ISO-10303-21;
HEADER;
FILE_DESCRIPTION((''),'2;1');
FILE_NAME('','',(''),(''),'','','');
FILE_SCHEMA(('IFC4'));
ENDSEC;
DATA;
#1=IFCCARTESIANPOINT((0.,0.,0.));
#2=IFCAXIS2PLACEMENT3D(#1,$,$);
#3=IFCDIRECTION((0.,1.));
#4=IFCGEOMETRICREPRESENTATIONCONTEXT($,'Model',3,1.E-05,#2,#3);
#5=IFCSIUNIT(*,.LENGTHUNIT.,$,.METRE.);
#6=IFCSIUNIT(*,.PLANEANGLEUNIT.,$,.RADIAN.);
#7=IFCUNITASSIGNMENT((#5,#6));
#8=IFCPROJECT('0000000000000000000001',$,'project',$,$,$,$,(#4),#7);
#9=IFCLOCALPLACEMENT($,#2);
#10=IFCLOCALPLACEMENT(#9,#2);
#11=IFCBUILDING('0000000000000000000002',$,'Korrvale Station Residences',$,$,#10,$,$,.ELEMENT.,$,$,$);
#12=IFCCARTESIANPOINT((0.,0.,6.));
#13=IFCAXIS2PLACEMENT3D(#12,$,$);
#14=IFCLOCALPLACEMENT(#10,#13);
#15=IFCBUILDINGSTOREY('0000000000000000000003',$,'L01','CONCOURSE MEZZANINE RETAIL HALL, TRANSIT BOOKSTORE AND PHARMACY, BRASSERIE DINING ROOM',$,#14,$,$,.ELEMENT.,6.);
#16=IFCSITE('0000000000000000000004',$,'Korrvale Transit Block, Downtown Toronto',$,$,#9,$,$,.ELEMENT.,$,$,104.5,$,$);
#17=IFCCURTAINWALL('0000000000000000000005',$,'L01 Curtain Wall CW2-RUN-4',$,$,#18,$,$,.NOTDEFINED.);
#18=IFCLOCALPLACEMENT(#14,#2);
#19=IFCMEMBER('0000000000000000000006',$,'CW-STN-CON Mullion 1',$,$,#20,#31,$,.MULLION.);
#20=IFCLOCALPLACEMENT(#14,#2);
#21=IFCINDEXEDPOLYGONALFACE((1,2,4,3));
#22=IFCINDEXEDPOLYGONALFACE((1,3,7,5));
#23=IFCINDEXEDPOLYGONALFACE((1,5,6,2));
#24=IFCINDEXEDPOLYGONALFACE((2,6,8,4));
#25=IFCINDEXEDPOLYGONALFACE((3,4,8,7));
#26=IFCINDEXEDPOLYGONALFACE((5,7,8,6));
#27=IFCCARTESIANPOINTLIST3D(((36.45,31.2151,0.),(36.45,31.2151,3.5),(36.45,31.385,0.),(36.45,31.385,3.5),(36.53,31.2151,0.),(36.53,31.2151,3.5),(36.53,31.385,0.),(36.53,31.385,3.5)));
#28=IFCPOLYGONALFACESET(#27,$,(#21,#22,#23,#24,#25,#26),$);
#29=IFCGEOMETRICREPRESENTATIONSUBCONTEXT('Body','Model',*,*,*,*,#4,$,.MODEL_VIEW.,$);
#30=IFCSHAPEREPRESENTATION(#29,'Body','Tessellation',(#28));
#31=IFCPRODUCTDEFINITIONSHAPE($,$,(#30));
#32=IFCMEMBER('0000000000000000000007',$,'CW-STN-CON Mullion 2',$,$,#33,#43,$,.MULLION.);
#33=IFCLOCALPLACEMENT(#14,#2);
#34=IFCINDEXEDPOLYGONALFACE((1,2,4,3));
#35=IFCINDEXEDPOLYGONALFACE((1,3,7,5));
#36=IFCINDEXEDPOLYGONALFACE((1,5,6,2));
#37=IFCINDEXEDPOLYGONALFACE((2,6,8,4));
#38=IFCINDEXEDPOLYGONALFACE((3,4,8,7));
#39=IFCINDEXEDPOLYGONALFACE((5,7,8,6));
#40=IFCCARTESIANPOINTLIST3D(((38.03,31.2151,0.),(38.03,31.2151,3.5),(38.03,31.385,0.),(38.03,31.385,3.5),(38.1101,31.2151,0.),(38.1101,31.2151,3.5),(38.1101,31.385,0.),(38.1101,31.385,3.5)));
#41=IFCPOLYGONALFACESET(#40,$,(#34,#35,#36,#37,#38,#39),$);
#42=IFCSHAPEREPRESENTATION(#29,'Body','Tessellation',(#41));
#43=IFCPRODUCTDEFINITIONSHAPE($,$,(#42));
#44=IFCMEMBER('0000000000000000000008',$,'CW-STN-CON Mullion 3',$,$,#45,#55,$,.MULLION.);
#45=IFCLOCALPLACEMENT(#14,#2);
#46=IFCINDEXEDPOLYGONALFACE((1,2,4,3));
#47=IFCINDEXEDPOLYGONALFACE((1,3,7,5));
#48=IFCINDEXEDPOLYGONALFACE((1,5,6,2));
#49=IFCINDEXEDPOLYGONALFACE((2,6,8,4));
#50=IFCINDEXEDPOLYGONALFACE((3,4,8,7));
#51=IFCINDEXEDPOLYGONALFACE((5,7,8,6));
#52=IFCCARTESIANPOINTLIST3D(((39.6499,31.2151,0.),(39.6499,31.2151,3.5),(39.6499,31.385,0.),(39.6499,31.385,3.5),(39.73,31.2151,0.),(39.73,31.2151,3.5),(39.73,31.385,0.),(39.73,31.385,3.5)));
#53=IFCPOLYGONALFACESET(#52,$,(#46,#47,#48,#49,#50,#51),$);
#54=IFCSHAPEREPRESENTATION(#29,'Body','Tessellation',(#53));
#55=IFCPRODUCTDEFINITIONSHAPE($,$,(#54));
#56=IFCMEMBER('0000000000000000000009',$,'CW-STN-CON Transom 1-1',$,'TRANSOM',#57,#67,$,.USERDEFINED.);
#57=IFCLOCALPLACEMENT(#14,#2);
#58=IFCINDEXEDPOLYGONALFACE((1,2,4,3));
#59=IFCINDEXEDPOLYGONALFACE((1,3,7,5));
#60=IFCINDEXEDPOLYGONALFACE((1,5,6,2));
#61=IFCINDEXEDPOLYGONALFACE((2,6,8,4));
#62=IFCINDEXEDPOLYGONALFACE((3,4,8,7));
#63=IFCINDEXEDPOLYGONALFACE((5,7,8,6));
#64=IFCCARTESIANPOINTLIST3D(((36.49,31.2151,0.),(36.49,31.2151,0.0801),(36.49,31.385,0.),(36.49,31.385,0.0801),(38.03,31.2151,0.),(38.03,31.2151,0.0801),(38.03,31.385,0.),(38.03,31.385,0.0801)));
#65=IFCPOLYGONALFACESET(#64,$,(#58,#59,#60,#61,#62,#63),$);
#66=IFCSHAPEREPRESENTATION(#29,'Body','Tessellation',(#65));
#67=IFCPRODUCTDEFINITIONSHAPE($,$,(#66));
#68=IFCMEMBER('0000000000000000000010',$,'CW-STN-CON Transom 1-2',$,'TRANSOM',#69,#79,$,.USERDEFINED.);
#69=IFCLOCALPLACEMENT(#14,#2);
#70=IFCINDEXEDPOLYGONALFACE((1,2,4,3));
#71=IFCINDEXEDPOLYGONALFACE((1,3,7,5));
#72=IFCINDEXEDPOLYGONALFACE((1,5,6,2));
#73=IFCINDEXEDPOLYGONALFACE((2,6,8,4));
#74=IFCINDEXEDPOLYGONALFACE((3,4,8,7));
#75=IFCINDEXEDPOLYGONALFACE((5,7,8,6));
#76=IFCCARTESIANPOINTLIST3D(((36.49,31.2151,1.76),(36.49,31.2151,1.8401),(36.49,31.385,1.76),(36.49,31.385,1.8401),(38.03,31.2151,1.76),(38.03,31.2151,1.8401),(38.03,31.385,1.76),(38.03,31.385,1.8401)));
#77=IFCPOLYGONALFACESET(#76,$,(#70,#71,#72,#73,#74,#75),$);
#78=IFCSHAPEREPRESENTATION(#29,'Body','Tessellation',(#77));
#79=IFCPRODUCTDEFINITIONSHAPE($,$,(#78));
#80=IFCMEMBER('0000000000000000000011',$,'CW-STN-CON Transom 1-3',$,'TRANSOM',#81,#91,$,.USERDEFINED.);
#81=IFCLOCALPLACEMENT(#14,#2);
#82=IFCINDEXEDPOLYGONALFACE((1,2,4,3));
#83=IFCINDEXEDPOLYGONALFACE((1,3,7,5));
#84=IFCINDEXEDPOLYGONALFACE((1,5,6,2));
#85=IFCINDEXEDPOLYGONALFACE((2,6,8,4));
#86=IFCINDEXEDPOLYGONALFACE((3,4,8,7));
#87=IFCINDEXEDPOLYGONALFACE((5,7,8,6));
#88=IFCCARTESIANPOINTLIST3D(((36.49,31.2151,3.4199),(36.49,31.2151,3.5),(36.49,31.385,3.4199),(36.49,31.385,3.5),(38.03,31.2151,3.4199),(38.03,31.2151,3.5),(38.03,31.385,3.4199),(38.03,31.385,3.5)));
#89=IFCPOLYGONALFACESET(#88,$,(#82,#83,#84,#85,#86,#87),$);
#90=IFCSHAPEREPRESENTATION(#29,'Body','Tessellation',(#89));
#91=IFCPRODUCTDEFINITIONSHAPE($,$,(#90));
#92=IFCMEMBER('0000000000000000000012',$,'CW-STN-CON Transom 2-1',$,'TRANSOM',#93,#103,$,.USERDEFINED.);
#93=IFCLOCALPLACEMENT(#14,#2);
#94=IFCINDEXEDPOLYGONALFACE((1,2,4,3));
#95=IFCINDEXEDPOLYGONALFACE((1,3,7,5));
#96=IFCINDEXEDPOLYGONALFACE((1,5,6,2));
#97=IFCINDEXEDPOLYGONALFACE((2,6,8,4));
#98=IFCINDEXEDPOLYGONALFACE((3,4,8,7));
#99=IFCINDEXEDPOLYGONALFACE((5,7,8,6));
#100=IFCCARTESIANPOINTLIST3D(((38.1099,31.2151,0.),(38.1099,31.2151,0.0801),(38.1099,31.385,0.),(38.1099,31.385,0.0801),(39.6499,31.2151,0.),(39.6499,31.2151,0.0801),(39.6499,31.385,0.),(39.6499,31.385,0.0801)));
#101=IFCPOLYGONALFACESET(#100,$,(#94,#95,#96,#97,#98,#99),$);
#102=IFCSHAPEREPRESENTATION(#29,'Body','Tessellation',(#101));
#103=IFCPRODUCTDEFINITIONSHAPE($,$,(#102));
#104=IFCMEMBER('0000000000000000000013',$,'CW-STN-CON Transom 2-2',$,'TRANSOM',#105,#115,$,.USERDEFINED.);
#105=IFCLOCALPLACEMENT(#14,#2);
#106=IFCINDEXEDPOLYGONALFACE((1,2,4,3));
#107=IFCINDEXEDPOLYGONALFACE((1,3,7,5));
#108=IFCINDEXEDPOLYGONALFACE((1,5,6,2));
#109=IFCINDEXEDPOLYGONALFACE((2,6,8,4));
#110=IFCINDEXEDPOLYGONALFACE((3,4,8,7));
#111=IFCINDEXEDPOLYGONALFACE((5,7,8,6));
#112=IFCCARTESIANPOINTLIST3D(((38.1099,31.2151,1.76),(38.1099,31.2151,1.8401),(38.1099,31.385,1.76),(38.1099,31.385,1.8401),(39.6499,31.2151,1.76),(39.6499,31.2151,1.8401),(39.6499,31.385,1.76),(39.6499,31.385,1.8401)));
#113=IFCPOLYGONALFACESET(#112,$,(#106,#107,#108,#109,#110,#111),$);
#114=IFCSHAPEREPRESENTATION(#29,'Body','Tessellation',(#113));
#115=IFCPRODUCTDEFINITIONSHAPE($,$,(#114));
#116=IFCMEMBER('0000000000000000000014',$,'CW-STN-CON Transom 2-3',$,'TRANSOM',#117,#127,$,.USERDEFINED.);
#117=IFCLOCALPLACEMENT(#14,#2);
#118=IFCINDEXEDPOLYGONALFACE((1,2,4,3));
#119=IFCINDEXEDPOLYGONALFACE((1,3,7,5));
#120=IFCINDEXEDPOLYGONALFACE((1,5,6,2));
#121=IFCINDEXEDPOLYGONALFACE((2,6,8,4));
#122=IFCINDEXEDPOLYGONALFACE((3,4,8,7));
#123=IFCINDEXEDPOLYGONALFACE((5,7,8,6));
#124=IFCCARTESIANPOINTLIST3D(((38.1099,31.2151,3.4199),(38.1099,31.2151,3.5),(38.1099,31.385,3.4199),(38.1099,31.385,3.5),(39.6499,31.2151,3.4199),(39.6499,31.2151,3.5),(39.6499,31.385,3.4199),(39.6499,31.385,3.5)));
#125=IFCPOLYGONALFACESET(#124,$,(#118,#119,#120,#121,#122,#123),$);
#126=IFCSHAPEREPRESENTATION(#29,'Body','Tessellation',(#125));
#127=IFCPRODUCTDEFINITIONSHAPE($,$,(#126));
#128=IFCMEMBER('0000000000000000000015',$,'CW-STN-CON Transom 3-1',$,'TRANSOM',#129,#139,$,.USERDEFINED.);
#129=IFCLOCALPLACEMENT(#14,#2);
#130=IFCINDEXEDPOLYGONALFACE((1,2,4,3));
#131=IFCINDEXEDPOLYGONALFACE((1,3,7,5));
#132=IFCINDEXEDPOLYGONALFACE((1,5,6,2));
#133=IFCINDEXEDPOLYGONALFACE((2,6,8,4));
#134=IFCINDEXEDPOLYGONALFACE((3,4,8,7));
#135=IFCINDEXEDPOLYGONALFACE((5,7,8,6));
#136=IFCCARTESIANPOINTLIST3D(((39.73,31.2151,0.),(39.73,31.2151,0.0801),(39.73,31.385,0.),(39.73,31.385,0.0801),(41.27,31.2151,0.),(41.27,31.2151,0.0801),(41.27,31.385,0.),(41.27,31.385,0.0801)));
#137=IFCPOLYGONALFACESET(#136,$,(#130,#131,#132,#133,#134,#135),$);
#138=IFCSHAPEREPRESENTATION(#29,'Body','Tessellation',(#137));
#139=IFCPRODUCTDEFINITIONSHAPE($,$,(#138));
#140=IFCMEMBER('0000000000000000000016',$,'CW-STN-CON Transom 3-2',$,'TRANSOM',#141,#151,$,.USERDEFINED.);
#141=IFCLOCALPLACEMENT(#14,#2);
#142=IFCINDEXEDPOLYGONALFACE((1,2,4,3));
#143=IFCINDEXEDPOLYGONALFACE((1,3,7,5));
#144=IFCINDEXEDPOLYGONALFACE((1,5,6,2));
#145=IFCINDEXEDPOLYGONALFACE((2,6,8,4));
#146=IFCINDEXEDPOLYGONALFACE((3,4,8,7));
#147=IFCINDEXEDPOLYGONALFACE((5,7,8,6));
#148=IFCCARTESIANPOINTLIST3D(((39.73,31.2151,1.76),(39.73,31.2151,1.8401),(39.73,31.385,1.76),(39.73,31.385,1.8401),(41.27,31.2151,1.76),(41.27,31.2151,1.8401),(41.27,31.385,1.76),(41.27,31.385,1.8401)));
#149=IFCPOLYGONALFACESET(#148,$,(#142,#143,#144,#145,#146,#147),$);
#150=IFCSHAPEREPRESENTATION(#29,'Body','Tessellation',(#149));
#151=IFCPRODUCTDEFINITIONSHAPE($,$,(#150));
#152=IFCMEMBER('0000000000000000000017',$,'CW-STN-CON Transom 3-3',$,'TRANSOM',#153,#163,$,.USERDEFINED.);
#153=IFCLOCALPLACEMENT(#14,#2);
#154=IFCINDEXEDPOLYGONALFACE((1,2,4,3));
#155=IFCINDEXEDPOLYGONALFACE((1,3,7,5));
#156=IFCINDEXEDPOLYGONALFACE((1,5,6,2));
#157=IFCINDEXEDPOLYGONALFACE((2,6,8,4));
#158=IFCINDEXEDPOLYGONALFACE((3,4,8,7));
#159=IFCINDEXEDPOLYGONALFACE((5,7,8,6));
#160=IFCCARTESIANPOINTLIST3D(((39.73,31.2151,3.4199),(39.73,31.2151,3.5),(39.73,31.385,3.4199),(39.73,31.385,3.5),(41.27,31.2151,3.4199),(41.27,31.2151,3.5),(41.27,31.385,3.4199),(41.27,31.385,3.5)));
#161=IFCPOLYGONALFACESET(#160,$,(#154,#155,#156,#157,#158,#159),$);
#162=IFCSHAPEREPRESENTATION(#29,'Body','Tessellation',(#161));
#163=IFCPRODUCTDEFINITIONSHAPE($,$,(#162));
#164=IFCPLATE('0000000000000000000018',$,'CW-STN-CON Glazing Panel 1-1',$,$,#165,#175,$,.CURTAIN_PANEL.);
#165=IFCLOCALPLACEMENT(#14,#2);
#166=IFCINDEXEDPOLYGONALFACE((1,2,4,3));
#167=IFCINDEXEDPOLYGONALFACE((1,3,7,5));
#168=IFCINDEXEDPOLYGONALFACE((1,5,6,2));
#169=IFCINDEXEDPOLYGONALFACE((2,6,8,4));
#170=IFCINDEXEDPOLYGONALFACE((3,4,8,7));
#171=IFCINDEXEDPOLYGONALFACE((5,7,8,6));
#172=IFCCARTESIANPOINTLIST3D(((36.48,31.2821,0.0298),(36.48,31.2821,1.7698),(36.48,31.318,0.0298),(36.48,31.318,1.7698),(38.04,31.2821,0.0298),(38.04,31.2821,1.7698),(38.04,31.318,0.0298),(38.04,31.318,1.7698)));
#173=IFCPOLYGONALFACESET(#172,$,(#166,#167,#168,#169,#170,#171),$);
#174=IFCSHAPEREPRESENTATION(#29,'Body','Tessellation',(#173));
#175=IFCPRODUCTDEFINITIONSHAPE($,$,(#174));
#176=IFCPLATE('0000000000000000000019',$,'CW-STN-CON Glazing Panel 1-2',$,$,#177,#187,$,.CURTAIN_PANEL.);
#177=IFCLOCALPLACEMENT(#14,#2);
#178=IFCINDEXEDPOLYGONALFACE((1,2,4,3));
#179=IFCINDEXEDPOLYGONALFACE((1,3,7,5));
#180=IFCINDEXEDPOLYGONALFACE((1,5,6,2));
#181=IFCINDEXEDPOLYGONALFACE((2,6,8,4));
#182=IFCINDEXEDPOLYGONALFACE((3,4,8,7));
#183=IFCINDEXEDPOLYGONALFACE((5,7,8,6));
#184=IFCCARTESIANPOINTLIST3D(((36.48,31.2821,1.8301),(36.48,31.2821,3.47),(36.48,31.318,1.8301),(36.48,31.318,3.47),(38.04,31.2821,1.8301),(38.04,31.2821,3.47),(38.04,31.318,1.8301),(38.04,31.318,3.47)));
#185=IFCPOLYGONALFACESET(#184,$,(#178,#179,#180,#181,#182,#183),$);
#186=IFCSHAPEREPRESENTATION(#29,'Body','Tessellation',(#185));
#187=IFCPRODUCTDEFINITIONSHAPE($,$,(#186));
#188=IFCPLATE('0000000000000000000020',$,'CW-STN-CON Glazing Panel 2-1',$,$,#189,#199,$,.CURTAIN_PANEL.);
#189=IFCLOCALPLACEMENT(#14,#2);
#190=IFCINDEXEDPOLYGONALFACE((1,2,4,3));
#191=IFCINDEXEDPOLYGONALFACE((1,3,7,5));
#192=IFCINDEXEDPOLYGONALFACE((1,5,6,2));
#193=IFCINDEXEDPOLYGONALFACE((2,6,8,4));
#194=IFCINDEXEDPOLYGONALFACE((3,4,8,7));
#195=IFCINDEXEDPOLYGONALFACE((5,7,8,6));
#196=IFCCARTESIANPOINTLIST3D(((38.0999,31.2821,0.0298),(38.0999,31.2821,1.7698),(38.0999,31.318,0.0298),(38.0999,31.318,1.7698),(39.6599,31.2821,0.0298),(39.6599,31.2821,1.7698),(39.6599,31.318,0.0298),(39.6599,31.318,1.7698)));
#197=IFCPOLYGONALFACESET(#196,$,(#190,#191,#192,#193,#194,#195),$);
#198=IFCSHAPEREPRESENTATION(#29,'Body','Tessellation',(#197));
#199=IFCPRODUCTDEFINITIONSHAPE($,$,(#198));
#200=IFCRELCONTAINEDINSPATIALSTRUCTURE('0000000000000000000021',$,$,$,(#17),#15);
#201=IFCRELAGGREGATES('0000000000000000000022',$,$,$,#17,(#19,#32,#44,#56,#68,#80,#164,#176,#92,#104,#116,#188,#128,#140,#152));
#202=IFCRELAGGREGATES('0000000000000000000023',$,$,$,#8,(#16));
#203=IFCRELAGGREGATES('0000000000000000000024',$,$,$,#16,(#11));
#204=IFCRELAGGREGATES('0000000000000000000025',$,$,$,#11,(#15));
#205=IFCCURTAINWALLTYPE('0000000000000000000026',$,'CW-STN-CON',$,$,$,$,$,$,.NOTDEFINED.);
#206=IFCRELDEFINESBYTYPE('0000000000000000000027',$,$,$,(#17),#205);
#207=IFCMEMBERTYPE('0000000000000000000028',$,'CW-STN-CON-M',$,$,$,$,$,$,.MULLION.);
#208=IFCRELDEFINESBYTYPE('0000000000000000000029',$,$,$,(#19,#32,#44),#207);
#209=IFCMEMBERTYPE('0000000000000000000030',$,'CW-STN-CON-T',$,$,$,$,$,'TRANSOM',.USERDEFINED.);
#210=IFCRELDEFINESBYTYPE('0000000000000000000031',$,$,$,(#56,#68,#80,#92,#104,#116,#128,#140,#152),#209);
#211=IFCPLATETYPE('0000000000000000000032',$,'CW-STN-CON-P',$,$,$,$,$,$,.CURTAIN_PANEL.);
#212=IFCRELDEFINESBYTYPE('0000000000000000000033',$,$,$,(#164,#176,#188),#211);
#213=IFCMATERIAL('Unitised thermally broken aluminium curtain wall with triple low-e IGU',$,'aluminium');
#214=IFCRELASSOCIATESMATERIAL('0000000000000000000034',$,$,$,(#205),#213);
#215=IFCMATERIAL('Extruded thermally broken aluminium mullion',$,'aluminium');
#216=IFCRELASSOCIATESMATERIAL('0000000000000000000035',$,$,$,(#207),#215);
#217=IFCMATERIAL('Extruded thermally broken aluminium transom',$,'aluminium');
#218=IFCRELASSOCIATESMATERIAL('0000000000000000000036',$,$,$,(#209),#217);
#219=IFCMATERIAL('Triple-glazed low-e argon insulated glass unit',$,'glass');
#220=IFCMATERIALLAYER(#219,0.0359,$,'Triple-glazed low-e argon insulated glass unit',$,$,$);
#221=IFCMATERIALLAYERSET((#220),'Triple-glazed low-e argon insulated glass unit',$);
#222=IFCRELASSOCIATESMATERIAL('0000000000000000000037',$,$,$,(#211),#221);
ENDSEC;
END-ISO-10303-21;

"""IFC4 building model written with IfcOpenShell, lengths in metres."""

from ifc_helpers import new_model, si_unit, direction, frame, origin, origin_2d, place, context, subcontext, project, spatial, rectangle, extrude, material, layer, layer_set, type_object, element, aggregate, save


model = new_model("IFC4")

# Units and contexts
model_context = context("Model", 3, precision=1e-05, world=origin(), true_north=direction((0.0, 1.0)))
body_context = subcontext(model_context, "Body", "Model", "MODEL_VIEW")
ifc_project = project(units=[si_unit("LENGTHUNIT", "METRE"), si_unit("PLANEANGLEUNIT", "RADIAN")], contexts=[model_context])

# Site, building, storey
site_placement = place(None, origin())
site = spatial("IfcSite", under=ifc_project, at=site_placement, Name="Korrvale Transit Block, Downtown Toronto", CompositionType="ELEMENT", RefElevation=104.5)
building_placement = place(site_placement, origin())
building = spatial("IfcBuilding", under=site, at=building_placement, Name="Korrvale Station Residences", CompositionType="ELEMENT")
storey_placement = place(building_placement, frame((0.0, 0.0, 6.0)))
storey = spatial("IfcBuildingStorey", under=building, at=storey_placement, Name="L01", Description="CONCOURSE MEZZANINE RETAIL HALL, TRANSIT BOOKSTORE AND PHARMACY, BRASSERIE DINING ROOM", CompositionType="ELEMENT", Elevation=6.0)

# Curtain wall, members, plates
ifc_material_1 = material(Name="Unitised thermally broken aluminium curtain wall with triple low-e IGU", Category="aluminium")
curtain_wall_type = type_object("IfcCurtainWallType", Name="CW-STN-CON", PredefinedType="NOTDEFINED", material=ifc_material_1)
curtain_wall_placement = place(storey_placement, origin())
curtain_wall = element("IfcCurtainWall", 1, at=curtain_wall_placement, inside=storey, type_object=curtain_wall_type, Name="L01 Curtain Wall CW2-RUN-4", PredefinedType="NOTDEFINED")
ifc_material_2 = material(Name="Extruded thermally broken aluminium mullion", Category="aluminium")
member_type_1 = type_object("IfcMemberType", Name="CW-STN-CON-M", PredefinedType="MULLION", material=ifc_material_2)
member_1_placement = place(storey_placement, frame((36.49, 31.3, 0.0), z_axis=(0.0, 0.0, 1.0), x_axis=(1.0, 0.0, 0.0)))
member_1 = element("IfcMember", 2, at=member_1_placement, type_object=member_type_1, Name="CW-STN-CON Mullion 1", PredefinedType="MULLION", context=body_context, shape_type="SweptSolid", body=[
    extrude(rectangle(XDim=0.0801, YDim=0.1699, at=origin_2d()), origin(), (0.0, 0.0, 1.0), 3.5),
])
member_2_placement = place(storey_placement, frame((38.0701, 31.3, 0.0), z_axis=(0.0, 0.0, 1.0), x_axis=(1.0, 0.0, 0.0)))
member_2 = element("IfcMember", 3, at=member_2_placement, type_object=member_type_1, Name="CW-STN-CON Mullion 2", PredefinedType="MULLION", context=body_context, shape_type="SweptSolid", body=[
    extrude(rectangle(XDim=0.0801, YDim=0.1699, at=origin_2d()), origin(), (0.0, 0.0, 1.0), 3.5),
])
member_3_placement = place(storey_placement, frame((39.6899, 31.3, 0.0), z_axis=(0.0, 0.0, 1.0), x_axis=(1.0, 0.0, 0.0)))
member_3 = element("IfcMember", 4, at=member_3_placement, type_object=member_type_1, Name="CW-STN-CON Mullion 3", PredefinedType="MULLION", context=body_context, shape_type="SweptSolid", body=[
    extrude(rectangle(XDim=0.0801, YDim=0.1699, at=origin_2d()), origin(), (0.0, 0.0, 1.0), 3.5),
])
ifc_material_3 = material(Name="Extruded thermally broken aluminium transom", Category="aluminium")
member_type_2 = type_object("IfcMemberType", Name="CW-STN-CON-T", ElementType="TRANSOM", PredefinedType="USERDEFINED", material=ifc_material_3)
member_4_placement = place(storey_placement, frame((37.26, 31.3, 0.0), z_axis=(0.0, 0.0, 1.0), x_axis=(1.0, 0.0, 0.0)))
member_4 = element("IfcMember", 5, at=member_4_placement, type_object=member_type_2, Name="CW-STN-CON Transom 1-1", ObjectType="TRANSOM", PredefinedType="USERDEFINED", context=body_context, shape_type="SweptSolid", body=[
    extrude(rectangle(XDim=1.54, YDim=0.1699, at=origin_2d()), origin(), (0.0, 0.0, 1.0), 0.0801),
])
member_5_placement = place(storey_placement, frame((37.26, 31.3, 1.76), z_axis=(0.0, 0.0, 1.0), x_axis=(1.0, 0.0, 0.0)))
member_5 = element("IfcMember", 6, at=member_5_placement, type_object=member_type_2, Name="CW-STN-CON Transom 1-2", ObjectType="TRANSOM", PredefinedType="USERDEFINED", context=body_context, shape_type="SweptSolid", body=[
    extrude(rectangle(XDim=1.54, YDim=0.1699, at=origin_2d()), origin(), (0.0, 0.0, 1.0), 0.0801),
])
member_6_placement = place(storey_placement, frame((37.26, 31.3, 3.4199), z_axis=(0.0, 0.0, 1.0), x_axis=(1.0, 0.0, 0.0)))
member_6 = element("IfcMember", 7, at=member_6_placement, type_object=member_type_2, Name="CW-STN-CON Transom 1-3", ObjectType="TRANSOM", PredefinedType="USERDEFINED", context=body_context, shape_type="SweptSolid", body=[
    extrude(rectangle(XDim=1.54, YDim=0.1699, at=origin_2d()), origin(), (0.0, 0.0, 1.0), 0.0801),
])
member_7_placement = place(storey_placement, frame((38.8799, 31.3, 0.0), z_axis=(0.0, 0.0, 1.0), x_axis=(1.0, 0.0, 0.0)))
member_7 = element("IfcMember", 8, at=member_7_placement, type_object=member_type_2, Name="CW-STN-CON Transom 2-1", ObjectType="TRANSOM", PredefinedType="USERDEFINED", context=body_context, shape_type="SweptSolid", body=[
    extrude(rectangle(XDim=1.54, YDim=0.1699, at=origin_2d()), origin(), (0.0, 0.0, 1.0), 0.0801),
])
member_8_placement = place(storey_placement, frame((38.8799, 31.3, 1.76), z_axis=(0.0, 0.0, 1.0), x_axis=(1.0, 0.0, 0.0)))
member_8 = element("IfcMember", 9, at=member_8_placement, type_object=member_type_2, Name="CW-STN-CON Transom 2-2", ObjectType="TRANSOM", PredefinedType="USERDEFINED", context=body_context, shape_type="SweptSolid", body=[
    extrude(rectangle(XDim=1.54, YDim=0.1699, at=origin_2d()), origin(), (0.0, 0.0, 1.0), 0.0801),
])
member_9_placement = place(storey_placement, frame((38.8799, 31.3, 3.4199), z_axis=(0.0, 0.0, 1.0), x_axis=(1.0, 0.0, 0.0)))
member_9 = element("IfcMember", 10, at=member_9_placement, type_object=member_type_2, Name="CW-STN-CON Transom 2-3", ObjectType="TRANSOM", PredefinedType="USERDEFINED", context=body_context, shape_type="SweptSolid", body=[
    extrude(rectangle(XDim=1.54, YDim=0.1699, at=origin_2d()), origin(), (0.0, 0.0, 1.0), 0.0801),
])
member_10_placement = place(storey_placement, frame((40.5, 31.3, 0.0), z_axis=(0.0, 0.0, 1.0), x_axis=(1.0, 0.0, 0.0)))
member_10 = element("IfcMember", 11, at=member_10_placement, type_object=member_type_2, Name="CW-STN-CON Transom 3-1", ObjectType="TRANSOM", PredefinedType="USERDEFINED", context=body_context, shape_type="SweptSolid", body=[
    extrude(rectangle(XDim=1.54, YDim=0.1699, at=origin_2d()), origin(), (0.0, 0.0, 1.0), 0.0801),
])
member_11_placement = place(storey_placement, frame((40.5, 31.3, 1.76), z_axis=(0.0, 0.0, 1.0), x_axis=(1.0, 0.0, 0.0)))
member_11 = element("IfcMember", 12, at=member_11_placement, type_object=member_type_2, Name="CW-STN-CON Transom 3-2", ObjectType="TRANSOM", PredefinedType="USERDEFINED", context=body_context, shape_type="SweptSolid", body=[
    extrude(rectangle(XDim=1.54, YDim=0.1699, at=origin_2d()), origin(), (0.0, 0.0, 1.0), 0.0801),
])
member_12_placement = place(storey_placement, frame((40.5, 31.3, 3.4199), z_axis=(0.0, 0.0, 1.0), x_axis=(1.0, 0.0, 0.0)))
member_12 = element("IfcMember", 13, at=member_12_placement, type_object=member_type_2, Name="CW-STN-CON Transom 3-3", ObjectType="TRANSOM", PredefinedType="USERDEFINED", context=body_context, shape_type="SweptSolid", body=[
    extrude(rectangle(XDim=1.54, YDim=0.1699, at=origin_2d()), origin(), (0.0, 0.0, 1.0), 0.0801),
])
ifc_material_4 = material(Name="Triple-glazed low-e argon insulated glass unit", Category="glass")
ifc_layer_1 = layer(ifc_material_4, 0.0359, Name="Triple-glazed low-e argon insulated glass unit")
ifc_layer_set_1 = layer_set([ifc_layer_1], Name="Triple-glazed low-e argon insulated glass unit")
plate_type = type_object("IfcPlateType", Name="CW-STN-CON-P", PredefinedType="CURTAIN_PANEL", material=ifc_layer_set_1)
plate_1_placement = place(storey_placement, frame((37.26, 31.3, 0.0298), z_axis=(0.0, 0.0, 1.0), x_axis=(1.0, 0.0, 0.0)))
plate_1 = element("IfcPlate", 14, at=plate_1_placement, type_object=plate_type, Name="CW-STN-CON Glazing Panel 1-1", PredefinedType="CURTAIN_PANEL", context=body_context, shape_type="SweptSolid", body=[
    extrude(rectangle(XDim=1.5601, YDim=0.0359, at=origin_2d()), origin(), (0.0, 0.0, 1.0), 1.74),
])
plate_2_placement = place(storey_placement, frame((37.26, 31.3, 1.8301), z_axis=(0.0, 0.0, 1.0), x_axis=(1.0, 0.0, 0.0)))
plate_2 = element("IfcPlate", 15, at=plate_2_placement, type_object=plate_type, Name="CW-STN-CON Glazing Panel 1-2", PredefinedType="CURTAIN_PANEL", context=body_context, shape_type="SweptSolid", body=[
    extrude(rectangle(XDim=1.5601, YDim=0.0359, at=origin_2d()), origin(), (0.0, 0.0, 1.0), 1.6399),
])
plate_3_placement = place(storey_placement, frame((38.8799, 31.3, 0.0298), z_axis=(0.0, 0.0, 1.0), x_axis=(1.0, 0.0, 0.0)))
plate_3 = element("IfcPlate", 16, at=plate_3_placement, type_object=plate_type, Name="CW-STN-CON Glazing Panel 2-1", PredefinedType="CURTAIN_PANEL", context=body_context, shape_type="SweptSolid", body=[
    extrude(rectangle(XDim=1.5601, YDim=0.0359, at=origin_2d()), origin(), (0.0, 0.0, 1.0), 1.74),
])
aggregate(curtain_wall, [member_1, member_2, member_3, member_4, member_5, member_6, plate_1, plate_2, member_7, member_8, member_9, plate_3, member_10, member_11, member_12])

save(model, "model.ifc")
